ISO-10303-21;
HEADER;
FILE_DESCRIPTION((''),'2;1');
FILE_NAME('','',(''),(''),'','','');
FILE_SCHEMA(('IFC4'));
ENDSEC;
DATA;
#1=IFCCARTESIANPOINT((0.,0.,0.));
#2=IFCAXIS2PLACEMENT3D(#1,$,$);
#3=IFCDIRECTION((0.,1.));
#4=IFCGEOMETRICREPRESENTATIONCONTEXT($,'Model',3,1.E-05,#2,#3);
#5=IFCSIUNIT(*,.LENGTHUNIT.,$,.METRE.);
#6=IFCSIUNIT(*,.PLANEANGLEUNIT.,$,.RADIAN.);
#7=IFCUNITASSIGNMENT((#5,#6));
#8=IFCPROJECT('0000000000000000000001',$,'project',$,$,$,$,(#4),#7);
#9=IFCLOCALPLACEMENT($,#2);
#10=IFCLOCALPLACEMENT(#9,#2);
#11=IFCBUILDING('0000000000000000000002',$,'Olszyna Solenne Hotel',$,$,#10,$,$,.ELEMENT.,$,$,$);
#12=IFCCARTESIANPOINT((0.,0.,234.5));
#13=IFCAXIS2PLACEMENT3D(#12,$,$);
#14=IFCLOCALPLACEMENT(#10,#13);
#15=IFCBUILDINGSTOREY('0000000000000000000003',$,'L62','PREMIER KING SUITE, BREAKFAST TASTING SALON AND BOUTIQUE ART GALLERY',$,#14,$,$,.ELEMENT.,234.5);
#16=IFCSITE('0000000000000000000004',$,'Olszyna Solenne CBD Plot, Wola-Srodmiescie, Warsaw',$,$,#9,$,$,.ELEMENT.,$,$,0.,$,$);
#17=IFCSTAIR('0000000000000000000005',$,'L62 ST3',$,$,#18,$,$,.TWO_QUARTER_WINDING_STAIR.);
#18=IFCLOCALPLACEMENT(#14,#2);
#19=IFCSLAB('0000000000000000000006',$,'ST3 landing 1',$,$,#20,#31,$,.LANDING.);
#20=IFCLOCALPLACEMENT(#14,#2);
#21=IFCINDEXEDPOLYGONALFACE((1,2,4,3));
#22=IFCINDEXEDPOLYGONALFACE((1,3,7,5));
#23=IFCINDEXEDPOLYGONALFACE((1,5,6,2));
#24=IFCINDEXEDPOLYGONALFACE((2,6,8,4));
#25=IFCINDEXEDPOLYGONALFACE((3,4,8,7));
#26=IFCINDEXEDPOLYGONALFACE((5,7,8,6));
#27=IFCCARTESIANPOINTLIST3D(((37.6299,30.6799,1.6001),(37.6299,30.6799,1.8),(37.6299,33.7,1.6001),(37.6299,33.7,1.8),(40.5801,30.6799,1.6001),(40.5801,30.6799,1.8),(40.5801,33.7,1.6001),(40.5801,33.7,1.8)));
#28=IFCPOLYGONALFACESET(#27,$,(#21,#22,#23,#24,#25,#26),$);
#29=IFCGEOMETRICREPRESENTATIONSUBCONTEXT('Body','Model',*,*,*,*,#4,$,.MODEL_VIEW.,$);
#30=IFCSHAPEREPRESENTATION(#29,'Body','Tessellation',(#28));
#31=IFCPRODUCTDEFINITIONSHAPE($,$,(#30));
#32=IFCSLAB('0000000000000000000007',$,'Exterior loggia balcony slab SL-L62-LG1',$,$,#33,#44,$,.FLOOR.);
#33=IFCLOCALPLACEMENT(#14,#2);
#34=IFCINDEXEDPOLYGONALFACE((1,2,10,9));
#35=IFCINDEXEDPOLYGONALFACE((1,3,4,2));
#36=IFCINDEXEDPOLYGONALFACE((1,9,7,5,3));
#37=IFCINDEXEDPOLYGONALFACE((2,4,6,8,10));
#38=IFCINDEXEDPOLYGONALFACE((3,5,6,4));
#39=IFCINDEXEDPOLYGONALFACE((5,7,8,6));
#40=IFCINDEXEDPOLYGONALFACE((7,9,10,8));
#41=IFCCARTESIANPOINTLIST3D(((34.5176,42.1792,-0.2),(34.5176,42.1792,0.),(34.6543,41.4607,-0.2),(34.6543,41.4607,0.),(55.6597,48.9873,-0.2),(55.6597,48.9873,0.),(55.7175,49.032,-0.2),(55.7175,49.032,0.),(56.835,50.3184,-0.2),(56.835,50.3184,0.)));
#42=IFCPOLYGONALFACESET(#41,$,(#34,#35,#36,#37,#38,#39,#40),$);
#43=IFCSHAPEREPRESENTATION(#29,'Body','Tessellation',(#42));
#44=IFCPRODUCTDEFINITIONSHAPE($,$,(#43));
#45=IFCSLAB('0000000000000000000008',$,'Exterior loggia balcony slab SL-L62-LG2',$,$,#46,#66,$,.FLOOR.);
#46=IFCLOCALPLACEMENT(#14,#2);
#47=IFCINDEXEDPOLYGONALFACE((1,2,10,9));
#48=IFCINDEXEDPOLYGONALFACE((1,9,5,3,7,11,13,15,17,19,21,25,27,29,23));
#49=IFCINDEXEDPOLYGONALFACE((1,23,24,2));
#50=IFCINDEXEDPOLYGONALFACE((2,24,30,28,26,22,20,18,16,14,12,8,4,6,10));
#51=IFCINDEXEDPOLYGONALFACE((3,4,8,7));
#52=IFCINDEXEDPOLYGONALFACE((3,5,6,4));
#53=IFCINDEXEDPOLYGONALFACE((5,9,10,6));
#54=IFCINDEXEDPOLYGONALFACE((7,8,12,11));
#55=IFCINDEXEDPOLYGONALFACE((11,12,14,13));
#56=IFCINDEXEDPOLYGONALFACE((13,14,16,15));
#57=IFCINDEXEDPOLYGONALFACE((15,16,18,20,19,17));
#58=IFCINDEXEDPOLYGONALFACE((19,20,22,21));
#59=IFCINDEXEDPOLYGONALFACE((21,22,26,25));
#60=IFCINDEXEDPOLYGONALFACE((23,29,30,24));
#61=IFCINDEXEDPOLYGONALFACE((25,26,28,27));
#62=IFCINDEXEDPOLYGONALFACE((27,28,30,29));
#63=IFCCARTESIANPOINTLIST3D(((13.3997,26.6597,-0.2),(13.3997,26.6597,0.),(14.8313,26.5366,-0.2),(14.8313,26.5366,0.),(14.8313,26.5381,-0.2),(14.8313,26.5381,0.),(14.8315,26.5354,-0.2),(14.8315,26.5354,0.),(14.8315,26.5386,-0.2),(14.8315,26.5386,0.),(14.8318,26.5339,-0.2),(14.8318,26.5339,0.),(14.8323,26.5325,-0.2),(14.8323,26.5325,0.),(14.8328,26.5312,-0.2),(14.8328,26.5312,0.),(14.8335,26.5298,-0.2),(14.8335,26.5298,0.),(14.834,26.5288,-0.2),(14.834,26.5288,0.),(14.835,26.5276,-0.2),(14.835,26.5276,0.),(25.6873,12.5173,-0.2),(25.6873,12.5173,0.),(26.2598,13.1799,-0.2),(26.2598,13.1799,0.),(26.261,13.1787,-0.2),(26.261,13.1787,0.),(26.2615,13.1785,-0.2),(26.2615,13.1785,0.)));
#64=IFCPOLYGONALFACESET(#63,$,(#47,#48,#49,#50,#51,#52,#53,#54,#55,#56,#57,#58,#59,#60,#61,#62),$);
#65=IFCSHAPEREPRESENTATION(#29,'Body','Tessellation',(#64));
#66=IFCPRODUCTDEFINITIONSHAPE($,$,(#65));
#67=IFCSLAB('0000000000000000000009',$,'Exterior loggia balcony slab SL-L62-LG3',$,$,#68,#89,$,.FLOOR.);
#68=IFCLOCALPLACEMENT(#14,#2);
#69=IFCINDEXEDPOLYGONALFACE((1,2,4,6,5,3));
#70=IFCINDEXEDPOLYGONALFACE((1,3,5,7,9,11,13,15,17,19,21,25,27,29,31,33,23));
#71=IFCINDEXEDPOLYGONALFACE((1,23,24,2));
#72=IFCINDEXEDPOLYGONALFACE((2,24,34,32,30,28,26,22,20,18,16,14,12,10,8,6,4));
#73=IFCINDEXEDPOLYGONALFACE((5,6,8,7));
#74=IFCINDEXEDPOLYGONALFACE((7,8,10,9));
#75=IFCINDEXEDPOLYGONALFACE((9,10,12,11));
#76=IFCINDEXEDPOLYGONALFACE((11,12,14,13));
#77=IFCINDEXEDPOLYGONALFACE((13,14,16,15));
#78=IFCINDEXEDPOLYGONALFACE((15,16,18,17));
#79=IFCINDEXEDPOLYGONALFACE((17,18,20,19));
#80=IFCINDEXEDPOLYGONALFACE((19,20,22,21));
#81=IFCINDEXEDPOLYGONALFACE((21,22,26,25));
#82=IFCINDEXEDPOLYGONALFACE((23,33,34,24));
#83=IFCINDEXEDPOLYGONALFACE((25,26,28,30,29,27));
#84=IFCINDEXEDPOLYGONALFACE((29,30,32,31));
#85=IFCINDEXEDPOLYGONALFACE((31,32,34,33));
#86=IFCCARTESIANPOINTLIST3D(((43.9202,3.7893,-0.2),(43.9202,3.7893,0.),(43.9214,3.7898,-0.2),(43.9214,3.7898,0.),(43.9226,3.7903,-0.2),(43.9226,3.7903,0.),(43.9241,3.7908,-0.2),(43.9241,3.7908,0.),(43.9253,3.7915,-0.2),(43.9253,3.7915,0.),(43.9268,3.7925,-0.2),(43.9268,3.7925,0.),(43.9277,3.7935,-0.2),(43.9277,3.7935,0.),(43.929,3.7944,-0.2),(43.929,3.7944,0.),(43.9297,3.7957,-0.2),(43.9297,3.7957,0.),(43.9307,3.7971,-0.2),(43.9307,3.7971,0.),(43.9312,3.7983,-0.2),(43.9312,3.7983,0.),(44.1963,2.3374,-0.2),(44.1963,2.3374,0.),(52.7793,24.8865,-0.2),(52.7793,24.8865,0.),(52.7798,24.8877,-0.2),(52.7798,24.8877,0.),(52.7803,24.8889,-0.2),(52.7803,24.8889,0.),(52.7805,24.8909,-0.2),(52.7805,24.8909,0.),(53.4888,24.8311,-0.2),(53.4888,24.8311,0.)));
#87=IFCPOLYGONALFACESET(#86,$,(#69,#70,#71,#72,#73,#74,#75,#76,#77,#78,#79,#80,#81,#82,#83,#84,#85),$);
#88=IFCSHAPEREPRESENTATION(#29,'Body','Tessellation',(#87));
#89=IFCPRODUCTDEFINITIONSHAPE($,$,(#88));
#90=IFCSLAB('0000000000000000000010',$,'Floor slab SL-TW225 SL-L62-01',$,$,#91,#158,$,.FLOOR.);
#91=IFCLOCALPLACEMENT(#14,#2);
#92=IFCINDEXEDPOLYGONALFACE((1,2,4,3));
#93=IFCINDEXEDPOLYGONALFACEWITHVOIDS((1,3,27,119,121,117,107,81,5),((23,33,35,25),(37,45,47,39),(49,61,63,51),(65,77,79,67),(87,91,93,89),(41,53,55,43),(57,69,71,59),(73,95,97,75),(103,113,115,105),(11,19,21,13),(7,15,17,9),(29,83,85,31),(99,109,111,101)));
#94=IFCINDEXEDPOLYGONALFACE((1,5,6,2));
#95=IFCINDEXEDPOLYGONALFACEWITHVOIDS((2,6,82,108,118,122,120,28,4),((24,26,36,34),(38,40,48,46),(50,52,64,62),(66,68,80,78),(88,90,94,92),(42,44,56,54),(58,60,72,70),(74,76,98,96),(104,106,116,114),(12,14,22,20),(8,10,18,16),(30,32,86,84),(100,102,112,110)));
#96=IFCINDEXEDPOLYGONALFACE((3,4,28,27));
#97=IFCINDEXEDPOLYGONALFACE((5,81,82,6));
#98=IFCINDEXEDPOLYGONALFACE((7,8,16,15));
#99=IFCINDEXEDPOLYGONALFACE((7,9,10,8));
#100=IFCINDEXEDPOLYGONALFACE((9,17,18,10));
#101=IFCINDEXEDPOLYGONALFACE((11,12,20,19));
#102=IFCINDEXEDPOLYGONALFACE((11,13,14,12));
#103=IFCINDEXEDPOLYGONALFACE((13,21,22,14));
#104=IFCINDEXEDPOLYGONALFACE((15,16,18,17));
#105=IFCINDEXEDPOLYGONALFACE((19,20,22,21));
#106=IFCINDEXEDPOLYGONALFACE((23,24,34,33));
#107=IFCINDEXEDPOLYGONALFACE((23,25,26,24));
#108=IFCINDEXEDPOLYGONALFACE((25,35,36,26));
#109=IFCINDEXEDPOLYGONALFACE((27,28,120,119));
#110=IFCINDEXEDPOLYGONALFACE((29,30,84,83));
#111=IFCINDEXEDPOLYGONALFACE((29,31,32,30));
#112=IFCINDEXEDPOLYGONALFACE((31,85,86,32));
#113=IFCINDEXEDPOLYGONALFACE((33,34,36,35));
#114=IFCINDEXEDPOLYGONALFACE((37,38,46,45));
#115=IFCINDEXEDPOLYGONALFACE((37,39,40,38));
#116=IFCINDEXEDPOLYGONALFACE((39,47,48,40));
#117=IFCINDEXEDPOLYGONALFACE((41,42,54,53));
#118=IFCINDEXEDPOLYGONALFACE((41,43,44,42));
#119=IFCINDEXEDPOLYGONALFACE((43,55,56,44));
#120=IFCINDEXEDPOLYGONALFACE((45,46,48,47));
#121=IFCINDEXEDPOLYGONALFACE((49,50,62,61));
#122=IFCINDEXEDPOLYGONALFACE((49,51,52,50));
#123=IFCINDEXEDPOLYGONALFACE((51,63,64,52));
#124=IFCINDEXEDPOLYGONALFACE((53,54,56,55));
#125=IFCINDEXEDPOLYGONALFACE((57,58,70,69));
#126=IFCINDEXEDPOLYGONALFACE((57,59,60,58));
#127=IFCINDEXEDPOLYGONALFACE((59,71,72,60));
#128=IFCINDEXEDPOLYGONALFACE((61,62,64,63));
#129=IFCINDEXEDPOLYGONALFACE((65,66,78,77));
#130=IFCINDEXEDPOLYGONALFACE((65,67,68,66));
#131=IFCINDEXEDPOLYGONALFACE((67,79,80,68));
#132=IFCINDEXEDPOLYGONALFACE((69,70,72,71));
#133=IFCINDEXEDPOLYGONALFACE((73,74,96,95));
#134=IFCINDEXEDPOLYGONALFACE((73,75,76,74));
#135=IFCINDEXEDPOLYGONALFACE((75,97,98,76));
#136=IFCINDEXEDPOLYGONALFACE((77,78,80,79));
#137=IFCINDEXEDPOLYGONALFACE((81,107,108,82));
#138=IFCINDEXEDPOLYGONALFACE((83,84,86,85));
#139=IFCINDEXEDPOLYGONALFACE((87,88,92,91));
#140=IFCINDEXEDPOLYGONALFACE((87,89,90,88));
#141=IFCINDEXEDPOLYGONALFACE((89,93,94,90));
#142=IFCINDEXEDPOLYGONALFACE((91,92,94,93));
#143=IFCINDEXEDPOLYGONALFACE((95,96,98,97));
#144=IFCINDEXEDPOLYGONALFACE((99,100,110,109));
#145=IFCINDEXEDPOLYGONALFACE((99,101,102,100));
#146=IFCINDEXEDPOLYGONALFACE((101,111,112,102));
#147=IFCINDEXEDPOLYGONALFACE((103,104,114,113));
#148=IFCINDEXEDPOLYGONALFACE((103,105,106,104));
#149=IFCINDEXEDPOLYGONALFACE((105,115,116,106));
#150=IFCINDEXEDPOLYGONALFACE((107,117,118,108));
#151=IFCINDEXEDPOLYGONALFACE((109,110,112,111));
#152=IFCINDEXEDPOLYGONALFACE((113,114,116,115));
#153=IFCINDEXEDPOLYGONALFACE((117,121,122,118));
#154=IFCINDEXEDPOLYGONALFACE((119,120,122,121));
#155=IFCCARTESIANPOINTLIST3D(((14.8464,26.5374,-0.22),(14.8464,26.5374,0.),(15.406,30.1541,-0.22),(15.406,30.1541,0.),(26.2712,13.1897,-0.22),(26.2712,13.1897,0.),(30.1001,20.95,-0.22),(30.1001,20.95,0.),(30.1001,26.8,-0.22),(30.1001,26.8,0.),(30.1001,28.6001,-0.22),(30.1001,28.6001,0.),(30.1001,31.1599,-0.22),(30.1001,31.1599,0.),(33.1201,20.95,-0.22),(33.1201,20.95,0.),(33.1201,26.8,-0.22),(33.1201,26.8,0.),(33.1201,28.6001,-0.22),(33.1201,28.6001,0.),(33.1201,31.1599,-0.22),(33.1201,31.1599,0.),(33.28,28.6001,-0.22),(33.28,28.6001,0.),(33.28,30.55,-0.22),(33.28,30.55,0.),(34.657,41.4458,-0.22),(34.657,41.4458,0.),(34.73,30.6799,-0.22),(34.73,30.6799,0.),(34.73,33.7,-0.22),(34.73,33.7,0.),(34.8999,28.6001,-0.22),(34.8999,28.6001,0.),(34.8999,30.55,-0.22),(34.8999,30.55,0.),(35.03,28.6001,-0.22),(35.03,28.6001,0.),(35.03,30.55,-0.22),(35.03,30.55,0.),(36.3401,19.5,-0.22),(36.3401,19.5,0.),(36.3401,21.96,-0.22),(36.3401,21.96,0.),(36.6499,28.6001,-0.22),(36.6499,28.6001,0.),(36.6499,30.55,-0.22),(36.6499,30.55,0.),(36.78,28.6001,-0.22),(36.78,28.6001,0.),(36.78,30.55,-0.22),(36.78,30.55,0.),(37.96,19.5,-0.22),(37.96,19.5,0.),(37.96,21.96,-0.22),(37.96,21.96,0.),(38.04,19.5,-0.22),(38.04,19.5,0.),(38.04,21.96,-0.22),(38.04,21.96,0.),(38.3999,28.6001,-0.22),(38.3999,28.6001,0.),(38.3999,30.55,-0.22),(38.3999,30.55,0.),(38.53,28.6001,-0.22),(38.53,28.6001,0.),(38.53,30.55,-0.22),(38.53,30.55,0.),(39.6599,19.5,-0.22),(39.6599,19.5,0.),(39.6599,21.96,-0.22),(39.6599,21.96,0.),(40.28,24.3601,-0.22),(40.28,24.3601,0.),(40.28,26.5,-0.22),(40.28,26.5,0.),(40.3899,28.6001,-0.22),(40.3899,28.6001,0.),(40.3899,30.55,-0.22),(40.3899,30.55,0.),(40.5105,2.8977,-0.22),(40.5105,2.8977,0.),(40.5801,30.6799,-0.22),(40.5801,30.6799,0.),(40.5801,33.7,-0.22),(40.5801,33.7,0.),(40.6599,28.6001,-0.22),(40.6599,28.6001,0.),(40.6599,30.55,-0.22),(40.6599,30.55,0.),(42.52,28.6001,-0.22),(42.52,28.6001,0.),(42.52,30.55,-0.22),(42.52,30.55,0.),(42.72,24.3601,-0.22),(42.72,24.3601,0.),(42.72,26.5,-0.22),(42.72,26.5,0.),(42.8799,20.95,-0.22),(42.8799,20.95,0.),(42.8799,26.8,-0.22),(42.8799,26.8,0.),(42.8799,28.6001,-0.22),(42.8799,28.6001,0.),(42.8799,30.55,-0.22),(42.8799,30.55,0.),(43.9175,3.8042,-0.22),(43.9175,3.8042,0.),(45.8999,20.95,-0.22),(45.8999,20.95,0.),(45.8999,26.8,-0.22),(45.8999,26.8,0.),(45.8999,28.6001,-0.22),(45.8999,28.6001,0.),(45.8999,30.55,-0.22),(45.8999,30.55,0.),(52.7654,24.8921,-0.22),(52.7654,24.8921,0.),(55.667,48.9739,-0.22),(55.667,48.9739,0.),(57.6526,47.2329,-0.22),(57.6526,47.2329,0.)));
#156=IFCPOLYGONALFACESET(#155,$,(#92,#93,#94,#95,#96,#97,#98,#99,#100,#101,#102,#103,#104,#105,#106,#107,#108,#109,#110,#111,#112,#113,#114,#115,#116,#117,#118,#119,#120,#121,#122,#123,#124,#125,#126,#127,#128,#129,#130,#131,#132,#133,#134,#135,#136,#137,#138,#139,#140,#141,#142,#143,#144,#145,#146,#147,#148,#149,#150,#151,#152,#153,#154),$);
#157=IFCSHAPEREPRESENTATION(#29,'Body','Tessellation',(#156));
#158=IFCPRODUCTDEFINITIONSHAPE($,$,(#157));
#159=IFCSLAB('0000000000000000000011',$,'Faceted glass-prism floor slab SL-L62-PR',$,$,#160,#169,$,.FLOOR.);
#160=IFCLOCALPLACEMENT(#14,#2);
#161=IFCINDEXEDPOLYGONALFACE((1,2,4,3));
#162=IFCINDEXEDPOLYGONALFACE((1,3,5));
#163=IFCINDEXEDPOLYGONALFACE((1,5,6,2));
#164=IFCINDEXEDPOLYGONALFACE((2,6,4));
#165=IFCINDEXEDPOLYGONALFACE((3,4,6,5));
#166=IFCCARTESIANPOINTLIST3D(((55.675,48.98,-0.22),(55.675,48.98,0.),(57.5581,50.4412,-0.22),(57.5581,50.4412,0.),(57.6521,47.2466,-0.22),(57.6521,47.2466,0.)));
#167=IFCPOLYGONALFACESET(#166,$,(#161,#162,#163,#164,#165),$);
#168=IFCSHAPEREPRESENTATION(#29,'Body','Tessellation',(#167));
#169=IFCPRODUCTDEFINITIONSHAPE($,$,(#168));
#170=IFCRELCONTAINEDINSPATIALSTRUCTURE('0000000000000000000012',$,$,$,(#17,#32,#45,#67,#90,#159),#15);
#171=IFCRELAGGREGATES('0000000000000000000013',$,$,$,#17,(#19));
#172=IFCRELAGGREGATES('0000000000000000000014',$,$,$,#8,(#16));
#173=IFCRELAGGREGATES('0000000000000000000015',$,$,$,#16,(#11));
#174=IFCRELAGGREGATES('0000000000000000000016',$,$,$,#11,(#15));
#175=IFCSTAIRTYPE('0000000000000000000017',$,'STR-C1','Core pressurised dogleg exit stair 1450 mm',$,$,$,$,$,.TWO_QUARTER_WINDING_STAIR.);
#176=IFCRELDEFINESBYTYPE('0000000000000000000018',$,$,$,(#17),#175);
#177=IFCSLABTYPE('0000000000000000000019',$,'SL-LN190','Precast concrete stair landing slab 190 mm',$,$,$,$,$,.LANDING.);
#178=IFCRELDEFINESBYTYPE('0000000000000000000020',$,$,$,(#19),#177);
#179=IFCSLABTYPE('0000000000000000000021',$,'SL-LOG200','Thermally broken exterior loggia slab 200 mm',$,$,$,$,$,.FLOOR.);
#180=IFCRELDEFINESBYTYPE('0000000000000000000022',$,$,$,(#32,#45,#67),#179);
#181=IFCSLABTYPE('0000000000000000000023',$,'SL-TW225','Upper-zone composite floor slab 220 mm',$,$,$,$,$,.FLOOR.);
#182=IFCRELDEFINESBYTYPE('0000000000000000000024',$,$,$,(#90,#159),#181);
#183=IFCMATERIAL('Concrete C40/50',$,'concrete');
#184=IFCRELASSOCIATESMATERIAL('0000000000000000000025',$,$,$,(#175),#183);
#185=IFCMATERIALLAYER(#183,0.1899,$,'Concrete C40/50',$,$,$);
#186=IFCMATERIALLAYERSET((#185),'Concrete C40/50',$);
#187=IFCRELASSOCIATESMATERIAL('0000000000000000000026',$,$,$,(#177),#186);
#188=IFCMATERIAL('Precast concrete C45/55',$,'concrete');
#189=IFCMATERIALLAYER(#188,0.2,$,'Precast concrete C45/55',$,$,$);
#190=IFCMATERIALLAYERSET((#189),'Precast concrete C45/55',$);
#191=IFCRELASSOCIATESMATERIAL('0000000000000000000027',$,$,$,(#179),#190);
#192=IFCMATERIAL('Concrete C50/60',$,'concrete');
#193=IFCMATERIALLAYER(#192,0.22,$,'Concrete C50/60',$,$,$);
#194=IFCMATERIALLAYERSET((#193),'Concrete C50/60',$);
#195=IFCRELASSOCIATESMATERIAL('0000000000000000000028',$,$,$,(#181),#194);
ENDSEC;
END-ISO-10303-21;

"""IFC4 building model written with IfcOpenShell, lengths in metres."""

from ifc_helpers import new_model, si_unit, direction, frame, origin, place, context, subcontext, project, spatial, polyline, outline, extrude, material, layer, layer_set, type_object, element, aggregate, save


model = new_model("IFC4")

# Units and contexts
model_context = context("Model", 3, precision=1e-05, world=origin(), true_north=direction((0.0, 1.0)))
body_context = subcontext(model_context, "Body", "Model", "MODEL_VIEW")
ifc_project = project(units=[si_unit("LENGTHUNIT", "METRE"), si_unit("PLANEANGLEUNIT", "RADIAN")], contexts=[model_context])

# Site, building, storey
site_placement = place(None, origin())
site = spatial("IfcSite", under=ifc_project, at=site_placement, Name="Olszyna Solenne CBD Plot, Wola-Srodmiescie, Warsaw", CompositionType="ELEMENT", RefElevation=0.0)
building_placement = place(site_placement, origin())
building = spatial("IfcBuilding", under=site, at=building_placement, Name="Olszyna Solenne Hotel", CompositionType="ELEMENT")
storey_placement = place(building_placement, frame((0.0, 0.0, 234.5)))
storey = spatial("IfcBuildingStorey", under=building, at=storey_placement, Name="L62", Description="PREMIER KING SUITE, BREAKFAST TASTING SALON AND BOUTIQUE ART GALLERY", CompositionType="ELEMENT", Elevation=234.5)

# Stair, slab
ifc_material_1 = material(Name="Concrete C40/50", Category="concrete")
stair_type = type_object("IfcStairType", Name="STR-C1", Description="Core pressurised dogleg exit stair 1450 mm", PredefinedType="TWO_QUARTER_WINDING_STAIR", material=ifc_material_1)
ifc_layer_1 = layer(ifc_material_1, 0.1899, Name="Concrete C40/50")
ifc_layer_set_1 = layer_set([ifc_layer_1], Name="Concrete C40/50")
slab_type_1 = type_object("IfcSlabType", Name="SL-LN190", Description="Precast concrete stair landing slab 190 mm", PredefinedType="LANDING", material=ifc_layer_set_1)
stair_1_placement = place(storey_placement, origin())
stair_1 = element("IfcStair", 1, at=stair_1_placement, inside=storey, type_object=stair_type, Name="L62 ST3", PredefinedType="TWO_QUARTER_WINDING_STAIR")
slab_1_placement = place(storey_placement, frame((0.0, 0.0, 1.6001)))
slab_1 = element("IfcSlab", 2, at=slab_1_placement, type_object=slab_type_1, Name="ST3 landing 1", PredefinedType="LANDING", context=body_context, shape_type="SweptSolid", body=[
    extrude(outline(polyline([(37.6299, 30.6799), (40.5801, 30.6799), (40.5801, 33.7), (37.6299, 33.7), (37.6299, 30.6799)])), origin(), (0.0, 0.0, 1.0), 0.2),
])
aggregate(stair_1, [slab_1])

# Slabs
ifc_material_2 = material(Name="Precast concrete C45/55", Category="concrete")
ifc_layer_2 = layer(ifc_material_2, 0.2, Name="Precast concrete C45/55")
ifc_layer_set_2 = layer_set([ifc_layer_2], Name="Precast concrete C45/55")
slab_type_2 = type_object("IfcSlabType", Name="SL-LOG200", Description="Thermally broken exterior loggia slab 200 mm", PredefinedType="FLOOR", material=ifc_layer_set_2)
slab_2_placement = place(storey_placement, frame((0.0, 0.0, -0.2)))
element("IfcSlab", 3, at=slab_2_placement, inside=storey, type_object=slab_type_2, Name="Exterior loggia balcony slab SL-L62-LG1", PredefinedType="FLOOR", context=body_context, shape_type="SweptSolid", body=[
    extrude(outline(polyline([(34.6543, 41.4607), (55.6597, 48.9873), (55.7175, 49.032), (56.835, 50.3184), (34.5176, 42.1792), (34.6543, 41.4607)])), origin(), (0.0, 0.0, 1.0), 0.2),
])
slab_3_placement = place(storey_placement, frame((0.0, 0.0, -0.2)))
element("IfcSlab", 4, at=slab_3_placement, inside=storey, type_object=slab_type_2, Name="Exterior loggia balcony slab SL-L62-LG2", PredefinedType="FLOOR", context=body_context, shape_type="SweptSolid", body=[
    extrude(outline(polyline([(26.2615, 13.1785), (26.261, 13.1787), (26.2598, 13.1799), (14.835, 26.5276), (14.834, 26.5288), (14.8335, 26.5298), (14.8328, 26.5312), (14.8323, 26.5325), (14.8318, 26.5339), (14.8315, 26.5354), (14.8313, 26.5366), (14.8313, 26.5381), (14.8315, 26.5386), (13.3997, 26.6597), (25.6873, 12.5173), (26.2615, 13.1785)])), origin(), (0.0, 0.0, 1.0), 0.2),
])
slab_4_placement = place(storey_placement, frame((0.0, 0.0, -0.2)))
element("IfcSlab", 5, at=slab_4_placement, inside=storey, type_object=slab_type_2, Name="Exterior loggia balcony slab SL-L62-LG3", PredefinedType="FLOOR", context=body_context, shape_type="SweptSolid", body=[
    extrude(outline(polyline([(52.7805, 24.8909), (52.7803, 24.8889), (52.7798, 24.8877), (52.7793, 24.8865), (43.9312, 3.7983), (43.9307, 3.7971), (43.9297, 3.7957), (43.929, 3.7944), (43.9277, 3.7935), (43.9268, 3.7925), (43.9253, 3.7915), (43.9241, 3.7908), (43.9226, 3.7903), (43.9214, 3.7898), (43.9202, 3.7893), (44.1963, 2.3374), (53.4888, 24.8311), (52.7805, 24.8909)])), origin(), (0.0, 0.0, 1.0), 0.2),
])
ifc_material_3 = material(Name="Concrete C50/60", Category="concrete")
ifc_layer_3 = layer(ifc_material_3, 0.22, Name="Concrete C50/60")
ifc_layer_set_3 = layer_set([ifc_layer_3], Name="Concrete C50/60")
slab_type_3 = type_object("IfcSlabType", Name="SL-TW225", Description="Upper-zone composite floor slab 220 mm", PredefinedType="FLOOR", material=ifc_layer_set_3)
slab_5_placement = place(storey_placement, frame((0.0, 0.0, -0.22)))
element("IfcSlab", 6, at=slab_5_placement, inside=storey, type_object=slab_type_3, Name="Floor slab SL-TW225 SL-L62-01", PredefinedType="FLOOR", context=body_context, shape_type="SweptSolid", body=[
    extrude(outline(polyline([(57.6526, 47.2329), (55.667, 48.9739), (34.657, 41.4458), (15.406, 30.1541), (14.8464, 26.5374), (26.2712, 13.1897), (40.5105, 2.8977), (43.9175, 3.8042), (52.7654, 24.8921), (57.6526, 47.2329)]), holes=[polyline([(30.1001, 20.95), (33.1201, 20.95), (33.1201, 26.8), (30.1001, 26.8), (30.1001, 20.95)]), polyline([(42.8799, 20.95), (45.8999, 20.95), (45.8999, 26.8), (42.8799, 26.8), (42.8799, 20.95)]), polyline([(34.73, 30.6799), (40.5801, 30.6799), (40.5801, 33.7), (34.73, 33.7), (34.73, 30.6799)]), polyline([(36.3401, 19.5), (37.96, 19.5), (37.96, 21.96), (36.3401, 21.96), (36.3401, 19.5)]), polyline([(38.04, 19.5), (39.6599, 19.5), (39.6599, 21.96), (38.04, 21.96), (38.04, 19.5)]), polyline([(30.1001, 28.6001), (33.1201, 28.6001), (33.1201, 31.1599), (30.1001, 31.1599), (30.1001, 28.6001)]), polyline([(40.28, 24.3601), (42.72, 24.3601), (42.72, 26.5), (40.28, 26.5), (40.28, 24.3601)]), polyline([(33.28, 28.6001), (34.8999, 28.6001), (34.8999, 30.55), (33.28, 30.55), (33.28, 28.6001)]), polyline([(35.03, 28.6001), (36.6499, 28.6001), (36.6499, 30.55), (35.03, 30.55), (35.03, 28.6001)]), polyline([(36.78, 28.6001), (38.3999, 28.6001), (38.3999, 30.55), (36.78, 30.55), (36.78, 28.6001)]), polyline([(38.53, 28.6001), (40.3899, 28.6001), (40.3899, 30.55), (38.53, 30.55), (38.53, 28.6001)]), polyline([(40.6599, 28.6001), (42.52, 28.6001), (42.52, 30.55), (40.6599, 30.55), (40.6599, 28.6001)]), polyline([(42.8799, 28.6001), (45.8999, 28.6001), (45.8999, 30.55), (42.8799, 30.55), (42.8799, 28.6001)])]), origin(), (0.0, 0.0, 1.0), 0.22),
])
slab_6_placement = place(storey_placement, frame((0.0, 0.0, -0.22)))
element("IfcSlab", 7, at=slab_6_placement, inside=storey, type_object=slab_type_3, Name="Faceted glass-prism floor slab SL-L62-PR", PredefinedType="FLOOR", context=body_context, shape_type="SweptSolid", body=[
    extrude(outline(polyline([(55.675, 48.98), (57.6521, 47.2466), (57.5581, 50.4412), (55.675, 48.98)])), origin(), (0.0, 0.0, 1.0), 0.22),
])

save(model, "model.ifc")
